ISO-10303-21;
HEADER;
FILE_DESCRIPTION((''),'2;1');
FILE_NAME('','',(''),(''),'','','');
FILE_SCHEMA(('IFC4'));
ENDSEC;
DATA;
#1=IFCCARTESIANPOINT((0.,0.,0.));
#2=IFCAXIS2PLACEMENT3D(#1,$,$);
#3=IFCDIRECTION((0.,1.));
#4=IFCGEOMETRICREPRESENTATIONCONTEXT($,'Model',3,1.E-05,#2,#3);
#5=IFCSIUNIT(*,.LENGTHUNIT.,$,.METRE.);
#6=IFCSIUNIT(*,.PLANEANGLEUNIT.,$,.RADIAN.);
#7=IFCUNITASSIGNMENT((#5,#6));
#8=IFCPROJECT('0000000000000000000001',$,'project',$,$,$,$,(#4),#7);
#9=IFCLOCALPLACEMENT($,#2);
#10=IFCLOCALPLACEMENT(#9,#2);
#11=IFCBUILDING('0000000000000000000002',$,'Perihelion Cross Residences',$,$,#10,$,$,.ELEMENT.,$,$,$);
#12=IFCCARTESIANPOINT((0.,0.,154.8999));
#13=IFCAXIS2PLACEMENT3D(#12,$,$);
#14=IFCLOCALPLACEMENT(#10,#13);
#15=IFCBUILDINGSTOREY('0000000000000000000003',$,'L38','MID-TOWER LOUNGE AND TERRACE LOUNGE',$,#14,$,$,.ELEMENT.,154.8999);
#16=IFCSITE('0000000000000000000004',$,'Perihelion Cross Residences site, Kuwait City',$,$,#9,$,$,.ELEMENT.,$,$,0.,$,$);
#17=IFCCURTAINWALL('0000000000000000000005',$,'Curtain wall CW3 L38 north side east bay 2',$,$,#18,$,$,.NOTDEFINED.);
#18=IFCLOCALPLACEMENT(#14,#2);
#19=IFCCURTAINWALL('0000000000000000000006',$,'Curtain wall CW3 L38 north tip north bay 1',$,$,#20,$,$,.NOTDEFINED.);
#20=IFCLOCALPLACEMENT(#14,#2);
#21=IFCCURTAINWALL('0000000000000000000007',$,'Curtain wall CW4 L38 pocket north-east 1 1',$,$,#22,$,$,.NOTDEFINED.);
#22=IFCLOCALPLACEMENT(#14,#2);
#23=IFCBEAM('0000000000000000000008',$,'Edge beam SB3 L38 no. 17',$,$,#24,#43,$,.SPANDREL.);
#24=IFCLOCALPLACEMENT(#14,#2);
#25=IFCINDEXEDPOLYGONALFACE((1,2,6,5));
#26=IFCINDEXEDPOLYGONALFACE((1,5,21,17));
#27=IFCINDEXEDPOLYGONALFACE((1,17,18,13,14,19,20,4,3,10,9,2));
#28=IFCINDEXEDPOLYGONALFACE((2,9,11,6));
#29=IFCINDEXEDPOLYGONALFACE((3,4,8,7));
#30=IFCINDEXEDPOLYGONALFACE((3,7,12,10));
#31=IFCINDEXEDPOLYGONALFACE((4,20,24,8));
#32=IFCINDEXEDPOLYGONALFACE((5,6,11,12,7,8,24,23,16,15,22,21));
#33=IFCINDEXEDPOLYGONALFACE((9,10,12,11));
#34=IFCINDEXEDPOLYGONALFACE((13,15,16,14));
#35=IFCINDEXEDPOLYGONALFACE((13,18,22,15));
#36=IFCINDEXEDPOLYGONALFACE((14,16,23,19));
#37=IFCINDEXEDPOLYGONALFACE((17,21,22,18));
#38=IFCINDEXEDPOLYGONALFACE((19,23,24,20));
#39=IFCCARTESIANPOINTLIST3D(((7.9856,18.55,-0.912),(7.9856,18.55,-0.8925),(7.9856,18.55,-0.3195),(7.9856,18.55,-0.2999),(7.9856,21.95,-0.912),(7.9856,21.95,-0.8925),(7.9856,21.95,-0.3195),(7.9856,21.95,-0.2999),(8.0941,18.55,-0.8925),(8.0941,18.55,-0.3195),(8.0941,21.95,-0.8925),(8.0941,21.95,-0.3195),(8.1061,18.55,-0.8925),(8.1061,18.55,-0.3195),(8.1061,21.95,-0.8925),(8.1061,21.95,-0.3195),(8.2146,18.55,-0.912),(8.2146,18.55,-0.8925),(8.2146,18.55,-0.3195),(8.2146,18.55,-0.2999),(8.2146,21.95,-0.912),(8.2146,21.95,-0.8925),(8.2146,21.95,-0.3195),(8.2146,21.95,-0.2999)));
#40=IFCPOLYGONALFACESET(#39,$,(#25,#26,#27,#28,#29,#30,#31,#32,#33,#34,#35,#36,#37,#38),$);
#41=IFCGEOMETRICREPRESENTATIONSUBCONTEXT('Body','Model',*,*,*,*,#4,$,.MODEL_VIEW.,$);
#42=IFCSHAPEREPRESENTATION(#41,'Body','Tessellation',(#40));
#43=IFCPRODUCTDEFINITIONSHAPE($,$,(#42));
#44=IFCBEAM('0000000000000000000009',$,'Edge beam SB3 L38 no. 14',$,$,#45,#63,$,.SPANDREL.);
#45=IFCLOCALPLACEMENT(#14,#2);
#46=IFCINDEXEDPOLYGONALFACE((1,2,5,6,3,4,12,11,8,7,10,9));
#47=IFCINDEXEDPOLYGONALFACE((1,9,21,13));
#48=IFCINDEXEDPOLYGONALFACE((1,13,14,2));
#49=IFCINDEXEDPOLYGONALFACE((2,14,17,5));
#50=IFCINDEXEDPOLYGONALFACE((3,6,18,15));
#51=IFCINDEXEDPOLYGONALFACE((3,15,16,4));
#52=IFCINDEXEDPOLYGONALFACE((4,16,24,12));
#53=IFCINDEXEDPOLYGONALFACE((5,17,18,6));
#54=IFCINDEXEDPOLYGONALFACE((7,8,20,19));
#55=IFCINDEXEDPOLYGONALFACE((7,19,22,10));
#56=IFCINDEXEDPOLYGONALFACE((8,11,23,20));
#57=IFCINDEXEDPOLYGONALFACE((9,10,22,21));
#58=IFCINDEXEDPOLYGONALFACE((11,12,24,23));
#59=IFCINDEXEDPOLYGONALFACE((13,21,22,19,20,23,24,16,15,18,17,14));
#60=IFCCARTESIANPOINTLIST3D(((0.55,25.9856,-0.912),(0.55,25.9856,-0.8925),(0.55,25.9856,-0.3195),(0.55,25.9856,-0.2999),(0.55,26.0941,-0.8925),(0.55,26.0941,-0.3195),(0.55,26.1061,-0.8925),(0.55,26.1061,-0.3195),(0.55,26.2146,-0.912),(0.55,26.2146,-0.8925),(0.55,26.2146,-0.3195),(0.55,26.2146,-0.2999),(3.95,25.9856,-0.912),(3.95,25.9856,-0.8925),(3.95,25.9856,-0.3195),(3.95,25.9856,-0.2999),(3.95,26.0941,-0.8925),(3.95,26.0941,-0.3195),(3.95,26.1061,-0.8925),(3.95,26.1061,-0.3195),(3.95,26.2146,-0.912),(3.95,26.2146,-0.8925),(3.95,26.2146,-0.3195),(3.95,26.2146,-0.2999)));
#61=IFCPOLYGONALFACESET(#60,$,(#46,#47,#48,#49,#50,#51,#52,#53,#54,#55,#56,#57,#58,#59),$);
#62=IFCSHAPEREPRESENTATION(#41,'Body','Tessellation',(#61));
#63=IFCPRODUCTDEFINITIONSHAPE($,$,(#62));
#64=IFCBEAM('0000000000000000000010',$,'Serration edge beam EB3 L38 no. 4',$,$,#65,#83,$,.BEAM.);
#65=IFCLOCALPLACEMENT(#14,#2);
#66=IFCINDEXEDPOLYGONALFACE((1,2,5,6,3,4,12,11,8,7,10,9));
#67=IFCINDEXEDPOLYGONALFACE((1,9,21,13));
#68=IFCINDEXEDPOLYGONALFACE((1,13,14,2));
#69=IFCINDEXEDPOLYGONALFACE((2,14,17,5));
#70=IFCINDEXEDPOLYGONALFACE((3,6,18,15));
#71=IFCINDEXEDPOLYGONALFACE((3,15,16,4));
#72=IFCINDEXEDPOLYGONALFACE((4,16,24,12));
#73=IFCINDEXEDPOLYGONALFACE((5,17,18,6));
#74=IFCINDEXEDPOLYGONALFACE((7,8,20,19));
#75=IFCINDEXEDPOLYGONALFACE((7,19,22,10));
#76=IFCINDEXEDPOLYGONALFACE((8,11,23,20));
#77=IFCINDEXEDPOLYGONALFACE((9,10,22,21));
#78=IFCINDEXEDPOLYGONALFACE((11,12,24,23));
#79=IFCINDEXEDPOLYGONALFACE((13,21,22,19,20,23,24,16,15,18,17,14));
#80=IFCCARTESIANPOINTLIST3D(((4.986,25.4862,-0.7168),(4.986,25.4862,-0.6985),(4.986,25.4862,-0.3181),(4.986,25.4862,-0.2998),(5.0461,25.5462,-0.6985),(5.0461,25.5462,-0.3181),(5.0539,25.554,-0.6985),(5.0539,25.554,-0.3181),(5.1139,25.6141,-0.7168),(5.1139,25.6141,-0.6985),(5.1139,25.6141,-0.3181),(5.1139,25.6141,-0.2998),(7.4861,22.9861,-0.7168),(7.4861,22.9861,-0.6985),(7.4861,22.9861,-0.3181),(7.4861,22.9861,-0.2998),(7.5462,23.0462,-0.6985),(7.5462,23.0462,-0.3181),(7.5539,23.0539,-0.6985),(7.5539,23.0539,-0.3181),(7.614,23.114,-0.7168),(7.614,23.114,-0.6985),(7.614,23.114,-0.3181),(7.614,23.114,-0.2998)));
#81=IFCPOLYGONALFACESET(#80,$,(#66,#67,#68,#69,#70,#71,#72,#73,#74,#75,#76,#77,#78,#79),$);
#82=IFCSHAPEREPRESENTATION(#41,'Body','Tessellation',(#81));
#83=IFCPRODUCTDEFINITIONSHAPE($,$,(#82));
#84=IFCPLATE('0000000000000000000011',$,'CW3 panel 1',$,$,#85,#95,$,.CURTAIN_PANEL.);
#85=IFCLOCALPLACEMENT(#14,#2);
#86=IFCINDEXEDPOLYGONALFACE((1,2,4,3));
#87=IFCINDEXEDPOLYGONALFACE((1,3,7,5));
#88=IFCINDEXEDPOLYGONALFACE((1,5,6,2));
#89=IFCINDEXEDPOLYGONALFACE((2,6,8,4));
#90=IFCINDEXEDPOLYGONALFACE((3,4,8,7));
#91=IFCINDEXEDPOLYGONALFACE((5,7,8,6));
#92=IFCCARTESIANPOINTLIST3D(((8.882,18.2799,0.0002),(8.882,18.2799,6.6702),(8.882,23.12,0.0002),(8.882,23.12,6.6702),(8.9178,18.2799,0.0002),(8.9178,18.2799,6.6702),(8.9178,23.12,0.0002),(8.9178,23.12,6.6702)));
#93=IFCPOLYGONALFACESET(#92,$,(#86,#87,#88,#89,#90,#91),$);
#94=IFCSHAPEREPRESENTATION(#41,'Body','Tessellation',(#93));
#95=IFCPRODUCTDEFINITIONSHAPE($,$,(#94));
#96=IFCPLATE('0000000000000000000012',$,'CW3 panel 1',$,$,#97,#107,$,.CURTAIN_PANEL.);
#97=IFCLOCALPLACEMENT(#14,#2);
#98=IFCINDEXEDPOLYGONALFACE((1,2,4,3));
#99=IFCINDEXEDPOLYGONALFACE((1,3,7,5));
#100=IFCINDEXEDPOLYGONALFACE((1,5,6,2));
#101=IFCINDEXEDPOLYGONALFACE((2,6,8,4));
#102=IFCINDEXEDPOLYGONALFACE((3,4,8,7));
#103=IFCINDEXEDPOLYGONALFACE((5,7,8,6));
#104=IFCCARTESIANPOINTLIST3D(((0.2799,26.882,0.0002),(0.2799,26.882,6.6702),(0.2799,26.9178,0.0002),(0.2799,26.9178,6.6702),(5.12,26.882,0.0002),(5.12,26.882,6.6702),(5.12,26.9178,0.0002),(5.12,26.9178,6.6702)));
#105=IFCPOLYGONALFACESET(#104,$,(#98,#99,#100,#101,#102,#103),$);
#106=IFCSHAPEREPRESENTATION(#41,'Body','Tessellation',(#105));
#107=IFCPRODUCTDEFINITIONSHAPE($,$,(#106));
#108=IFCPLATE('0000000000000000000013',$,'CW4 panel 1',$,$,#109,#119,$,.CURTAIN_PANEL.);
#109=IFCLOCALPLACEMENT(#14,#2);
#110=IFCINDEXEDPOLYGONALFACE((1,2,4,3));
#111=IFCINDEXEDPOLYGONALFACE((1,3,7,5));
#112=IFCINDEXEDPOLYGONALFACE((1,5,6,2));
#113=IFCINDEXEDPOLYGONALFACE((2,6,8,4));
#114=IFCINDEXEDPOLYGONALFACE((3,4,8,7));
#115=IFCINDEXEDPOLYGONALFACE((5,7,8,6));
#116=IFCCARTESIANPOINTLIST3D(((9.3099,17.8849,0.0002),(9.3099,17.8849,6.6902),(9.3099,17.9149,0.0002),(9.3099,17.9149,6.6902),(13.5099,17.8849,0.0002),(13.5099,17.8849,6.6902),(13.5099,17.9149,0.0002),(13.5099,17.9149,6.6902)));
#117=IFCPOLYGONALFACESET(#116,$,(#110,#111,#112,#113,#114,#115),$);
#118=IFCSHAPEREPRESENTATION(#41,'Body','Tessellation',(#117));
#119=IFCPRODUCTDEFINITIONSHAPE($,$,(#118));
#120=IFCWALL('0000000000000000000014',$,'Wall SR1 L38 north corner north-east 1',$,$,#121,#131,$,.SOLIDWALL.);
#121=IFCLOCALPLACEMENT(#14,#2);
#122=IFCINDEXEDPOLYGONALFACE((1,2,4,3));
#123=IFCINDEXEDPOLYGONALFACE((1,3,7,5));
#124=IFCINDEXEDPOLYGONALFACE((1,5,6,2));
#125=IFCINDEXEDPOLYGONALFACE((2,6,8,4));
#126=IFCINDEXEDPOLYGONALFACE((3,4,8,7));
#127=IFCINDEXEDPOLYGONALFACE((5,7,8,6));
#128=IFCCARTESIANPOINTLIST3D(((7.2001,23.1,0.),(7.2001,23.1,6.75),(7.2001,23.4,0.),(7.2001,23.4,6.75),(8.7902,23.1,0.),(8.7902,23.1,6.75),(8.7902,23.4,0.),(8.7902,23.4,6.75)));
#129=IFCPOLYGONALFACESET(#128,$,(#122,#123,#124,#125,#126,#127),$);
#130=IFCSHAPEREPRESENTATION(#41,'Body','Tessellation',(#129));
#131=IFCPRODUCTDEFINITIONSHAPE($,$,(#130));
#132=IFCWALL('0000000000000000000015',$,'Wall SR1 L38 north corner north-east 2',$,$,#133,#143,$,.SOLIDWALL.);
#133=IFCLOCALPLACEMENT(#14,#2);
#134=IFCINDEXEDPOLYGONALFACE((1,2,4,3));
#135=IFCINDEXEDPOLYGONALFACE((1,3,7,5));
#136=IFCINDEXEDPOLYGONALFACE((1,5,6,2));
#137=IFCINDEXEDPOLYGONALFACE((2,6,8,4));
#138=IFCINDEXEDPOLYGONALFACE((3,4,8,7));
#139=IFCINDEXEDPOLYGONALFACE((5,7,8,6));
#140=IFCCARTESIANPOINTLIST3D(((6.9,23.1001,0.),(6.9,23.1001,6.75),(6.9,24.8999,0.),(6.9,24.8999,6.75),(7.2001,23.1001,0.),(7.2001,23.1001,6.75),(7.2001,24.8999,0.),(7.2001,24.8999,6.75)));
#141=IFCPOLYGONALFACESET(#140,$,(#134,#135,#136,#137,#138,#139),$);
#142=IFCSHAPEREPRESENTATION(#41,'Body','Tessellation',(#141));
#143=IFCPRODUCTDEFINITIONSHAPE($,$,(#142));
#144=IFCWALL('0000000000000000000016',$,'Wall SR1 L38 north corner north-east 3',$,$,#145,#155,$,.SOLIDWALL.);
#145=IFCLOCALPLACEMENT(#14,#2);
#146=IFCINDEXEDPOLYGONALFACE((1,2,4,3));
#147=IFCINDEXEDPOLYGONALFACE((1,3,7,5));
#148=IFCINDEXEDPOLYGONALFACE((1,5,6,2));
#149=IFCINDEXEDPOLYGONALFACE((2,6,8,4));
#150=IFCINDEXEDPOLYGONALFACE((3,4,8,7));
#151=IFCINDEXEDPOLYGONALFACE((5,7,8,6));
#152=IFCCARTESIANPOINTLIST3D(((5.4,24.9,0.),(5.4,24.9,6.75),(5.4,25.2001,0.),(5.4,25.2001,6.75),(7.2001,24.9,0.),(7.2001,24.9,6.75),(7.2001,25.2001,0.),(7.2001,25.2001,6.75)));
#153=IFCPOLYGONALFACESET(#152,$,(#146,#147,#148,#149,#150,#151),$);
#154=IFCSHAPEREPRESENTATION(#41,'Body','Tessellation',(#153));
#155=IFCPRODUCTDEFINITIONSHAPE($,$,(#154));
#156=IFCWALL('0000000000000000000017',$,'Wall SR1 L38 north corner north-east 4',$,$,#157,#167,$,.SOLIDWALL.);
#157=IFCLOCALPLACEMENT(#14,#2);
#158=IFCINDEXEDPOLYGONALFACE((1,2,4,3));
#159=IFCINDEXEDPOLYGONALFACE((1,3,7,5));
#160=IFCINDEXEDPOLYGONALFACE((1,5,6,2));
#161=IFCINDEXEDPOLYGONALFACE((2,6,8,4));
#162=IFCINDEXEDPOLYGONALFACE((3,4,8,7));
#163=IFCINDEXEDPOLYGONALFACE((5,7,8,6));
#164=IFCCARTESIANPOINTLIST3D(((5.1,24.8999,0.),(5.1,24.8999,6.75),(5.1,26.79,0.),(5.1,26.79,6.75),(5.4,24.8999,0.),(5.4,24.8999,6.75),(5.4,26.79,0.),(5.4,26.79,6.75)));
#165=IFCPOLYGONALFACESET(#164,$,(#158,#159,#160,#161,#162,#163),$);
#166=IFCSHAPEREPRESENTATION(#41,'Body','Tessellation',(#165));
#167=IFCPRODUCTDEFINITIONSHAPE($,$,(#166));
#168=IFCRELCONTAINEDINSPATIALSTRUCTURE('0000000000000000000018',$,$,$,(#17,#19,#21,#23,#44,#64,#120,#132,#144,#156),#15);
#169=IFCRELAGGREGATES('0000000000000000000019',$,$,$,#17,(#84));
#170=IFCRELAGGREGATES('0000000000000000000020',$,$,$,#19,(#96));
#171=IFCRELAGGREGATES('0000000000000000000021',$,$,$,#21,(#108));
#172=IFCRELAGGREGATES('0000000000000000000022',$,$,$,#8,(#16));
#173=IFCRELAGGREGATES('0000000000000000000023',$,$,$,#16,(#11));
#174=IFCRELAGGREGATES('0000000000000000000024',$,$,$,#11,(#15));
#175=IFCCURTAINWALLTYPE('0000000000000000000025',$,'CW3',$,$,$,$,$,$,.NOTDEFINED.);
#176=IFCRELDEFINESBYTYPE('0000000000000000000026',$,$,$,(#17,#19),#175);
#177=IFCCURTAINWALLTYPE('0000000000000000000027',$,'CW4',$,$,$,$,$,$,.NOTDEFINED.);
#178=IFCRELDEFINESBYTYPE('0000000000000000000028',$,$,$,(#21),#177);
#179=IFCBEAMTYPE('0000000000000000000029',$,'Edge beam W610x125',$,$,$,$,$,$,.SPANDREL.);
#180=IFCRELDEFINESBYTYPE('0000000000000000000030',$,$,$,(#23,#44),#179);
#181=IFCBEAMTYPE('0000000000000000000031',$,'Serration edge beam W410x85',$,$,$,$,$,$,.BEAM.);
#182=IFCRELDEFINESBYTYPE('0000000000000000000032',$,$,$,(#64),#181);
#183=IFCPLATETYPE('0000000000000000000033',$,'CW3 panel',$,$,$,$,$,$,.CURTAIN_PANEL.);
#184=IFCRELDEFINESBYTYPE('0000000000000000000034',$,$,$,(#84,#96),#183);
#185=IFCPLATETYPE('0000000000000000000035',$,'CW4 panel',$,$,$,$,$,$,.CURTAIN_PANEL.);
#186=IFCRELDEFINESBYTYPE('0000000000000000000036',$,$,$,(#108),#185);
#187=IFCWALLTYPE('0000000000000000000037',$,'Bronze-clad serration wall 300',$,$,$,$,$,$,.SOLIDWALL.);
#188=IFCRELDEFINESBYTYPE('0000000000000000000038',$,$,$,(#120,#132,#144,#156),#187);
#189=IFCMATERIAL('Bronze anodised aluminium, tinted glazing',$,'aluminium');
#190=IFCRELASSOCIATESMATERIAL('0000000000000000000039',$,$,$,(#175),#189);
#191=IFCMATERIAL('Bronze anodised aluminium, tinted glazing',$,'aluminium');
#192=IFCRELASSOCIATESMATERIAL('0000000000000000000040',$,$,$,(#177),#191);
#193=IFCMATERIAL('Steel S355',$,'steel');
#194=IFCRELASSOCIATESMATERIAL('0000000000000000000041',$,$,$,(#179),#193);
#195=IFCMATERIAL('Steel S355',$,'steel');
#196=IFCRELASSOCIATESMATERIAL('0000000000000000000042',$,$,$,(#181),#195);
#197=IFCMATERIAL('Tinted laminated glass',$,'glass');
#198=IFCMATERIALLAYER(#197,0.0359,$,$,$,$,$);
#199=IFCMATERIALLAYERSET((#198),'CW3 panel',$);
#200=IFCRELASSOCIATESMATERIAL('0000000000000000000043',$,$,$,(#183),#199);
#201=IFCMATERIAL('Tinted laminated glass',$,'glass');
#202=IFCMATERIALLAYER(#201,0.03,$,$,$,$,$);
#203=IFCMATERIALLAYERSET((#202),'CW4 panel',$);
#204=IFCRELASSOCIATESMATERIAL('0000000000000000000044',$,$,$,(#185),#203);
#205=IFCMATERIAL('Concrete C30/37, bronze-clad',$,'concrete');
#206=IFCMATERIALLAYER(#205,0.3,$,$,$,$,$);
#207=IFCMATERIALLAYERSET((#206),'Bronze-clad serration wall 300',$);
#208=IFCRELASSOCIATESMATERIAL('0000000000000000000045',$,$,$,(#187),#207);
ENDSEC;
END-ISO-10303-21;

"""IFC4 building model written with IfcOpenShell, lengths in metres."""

from ifc_helpers import new_model, si_unit, direction, frame, frame_2d, origin, origin_2d, place, context, subcontext, project, spatial, rectangle, i_section, extrude, material, layer, layer_set, material_profile, profile_set, type_object, element, aggregate, save


model = new_model("IFC4")

# Units and contexts
model_context = context("Model", 3, precision=1e-05, world=origin(), true_north=direction((0.0, 1.0)))
body_context = subcontext(model_context, "Body", "Model", "MODEL_VIEW")
ifc_project = project(units=[si_unit("LENGTHUNIT", "METRE"), si_unit("PLANEANGLEUNIT", "RADIAN")], contexts=[model_context])

# Site, building, storey
site_placement = place(None, origin())
site = spatial("IfcSite", under=ifc_project, at=site_placement, Name="Perihelion Cross Residences site, Kuwait City", CompositionType="ELEMENT", RefElevation=0.0)
building_placement = place(site_placement, origin())
building = spatial("IfcBuilding", under=site, at=building_placement, Name="Perihelion Cross Residences", CompositionType="ELEMENT")
storey_placement = place(building_placement, frame((0.0, 0.0, 154.8999)))
storey = spatial("IfcBuildingStorey", under=building, at=storey_placement, Name="L38", Description="MID-TOWER LOUNGE AND TERRACE LOUNGE", CompositionType="ELEMENT", Elevation=154.8999)

# Curtain walls
ifc_material_1 = material(Name="Bronze anodised aluminium, tinted glazing", Category="aluminium")
curtain_wall_type_1 = type_object("IfcCurtainWallType", Name="CW3", PredefinedType="NOTDEFINED", material=ifc_material_1)
curtain_wall_1_placement = place(storey_placement, origin())
curtain_wall_1 = element("IfcCurtainWall", 1, at=curtain_wall_1_placement, inside=storey, type_object=curtain_wall_type_1, Name="Curtain wall CW3 L38 north side east bay 2", PredefinedType="NOTDEFINED")
curtain_wall_2_placement = place(storey_placement, origin())
curtain_wall_2 = element("IfcCurtainWall", 2, at=curtain_wall_2_placement, inside=storey, type_object=curtain_wall_type_1, Name="Curtain wall CW3 L38 north tip north bay 1", PredefinedType="NOTDEFINED")

# Curtain wall
ifc_material_2 = material(Name="Bronze anodised aluminium, tinted glazing", Category="aluminium")
curtain_wall_type_2 = type_object("IfcCurtainWallType", Name="CW4", PredefinedType="NOTDEFINED", material=ifc_material_2)
curtain_wall_3_placement = place(storey_placement, origin())
curtain_wall_3 = element("IfcCurtainWall", 3, at=curtain_wall_3_placement, inside=storey, type_object=curtain_wall_type_2, Name="Curtain wall CW4 L38 pocket north-east 1 1", PredefinedType="NOTDEFINED")

# Beams
ifc_material_3 = material(Name="Steel S355", Category="steel")
ifc_material_profile_1 = material_profile(ifc_material_3, i_section(OverallWidth=0.229, OverallDepth=0.6121, WebThickness=0.012, FlangeThickness=0.0195, at=origin_2d()), Name="W610x125")
ifc_profile_set_1 = profile_set([ifc_material_profile_1], Name="Steel S355")
beam_type_1 = type_object("IfcBeamType", Name="Edge beam W610x125", PredefinedType="SPANDREL", material=ifc_profile_set_1)
for number, where, z_axis, x_axis, name in (
    (4, (8.1001, 18.55, -0.606), (0.0, 1.0, 0.0), (-1.0, 0.0, 0.0), "Edge beam SB3 L38 no. 17"),
    (5, (3.95, 26.1001, -0.606), (-1.0, 0.0, 0.0), (0.0, -1.0, 0.0), "Edge beam SB3 L38 no. 14"),
):
    element("IfcBeam", number, at=place(storey_placement, frame(where, z_axis=z_axis, x_axis=x_axis)), inside=storey, type_object=beam_type_1, Name=name, PredefinedType="SPANDREL", context=body_context, shape_type="SweptSolid", body=[
        extrude(i_section(OverallWidth=0.229, OverallDepth=0.6121, WebThickness=0.012, FlangeThickness=0.0195, at=origin_2d()), origin(), (0.0, 0.0, 1.0), 3.3999),
    ])
ifc_material_4 = material(Name="Steel S355", Category="steel")
ifc_material_profile_2 = material_profile(ifc_material_4, i_section(OverallWidth=0.1809, OverallDepth=0.417, WebThickness=0.011, FlangeThickness=0.0183, at=origin_2d()), Name="W410x85")
ifc_profile_set_2 = profile_set([ifc_material_profile_2], Name="Steel S355")
beam_type_2 = type_object("IfcBeamType", Name="Serration edge beam W410x85", PredefinedType="BEAM", material=ifc_profile_set_2)
beam_1_placement = place(storey_placement, frame((7.55, 23.05, -0.5083), z_axis=(-0.707107, 0.707107, 0.0), x_axis=(-0.707107, -0.707107, 0.0)))
element("IfcBeam", 6, at=beam_1_placement, inside=storey, type_object=beam_type_2, Name="Serration edge beam EB3 L38 no. 4", PredefinedType="BEAM", context=body_context, shape_type="SweptSolid", body=[
    extrude(i_section(OverallWidth=0.1809, OverallDepth=0.417, WebThickness=0.011, FlangeThickness=0.0183, at=origin_2d()), origin(), (0.0, 0.0, 1.0), 3.5356),
])

# Plates
ifc_material_5 = material(Name="Tinted laminated glass", Category="glass")
ifc_layer_1 = layer(ifc_material_5, 0.0359)
ifc_layer_set_1 = layer_set([ifc_layer_1], Name="CW3 panel")
plate_type_1 = type_object("IfcPlateType", Name="CW3 panel", PredefinedType="CURTAIN_PANEL", material=ifc_layer_set_1)
plate_1_placement = place(storey_placement, frame((8.8999, 20.7, 0.0002), z_axis=(0.0, 0.0, 1.0), x_axis=(0.0, 1.0, 0.0)))
plate_1 = element("IfcPlate", 7, at=plate_1_placement, type_object=plate_type_1, Name="CW3 panel 1", PredefinedType="CURTAIN_PANEL", context=body_context, shape_type="SweptSolid", body=[
    extrude(rectangle(XDim=4.8401, YDim=0.0359, at=origin_2d()), origin(), (0.0, 0.0, 1.0), 6.6699),
])
aggregate(curtain_wall_1, [plate_1])
plate_2_placement = place(storey_placement, frame((2.7, 26.8999, 0.0002), z_axis=(0.0, 0.0, 1.0), x_axis=(-1.0, 0.0, 0.0)))
plate_2 = element("IfcPlate", 8, at=plate_2_placement, type_object=plate_type_1, Name="CW3 panel 1", PredefinedType="CURTAIN_PANEL", context=body_context, shape_type="SweptSolid", body=[
    extrude(rectangle(XDim=4.8401, YDim=0.0359, at=origin_2d()), origin(), (0.0, 0.0, 1.0), 6.6699),
])
aggregate(curtain_wall_2, [plate_2])
ifc_material_6 = material(Name="Tinted laminated glass", Category="glass")
ifc_layer_2 = layer(ifc_material_6, 0.03)
ifc_layer_set_2 = layer_set([ifc_layer_2], Name="CW4 panel")
plate_type_2 = type_object("IfcPlateType", Name="CW4 panel", PredefinedType="CURTAIN_PANEL", material=ifc_layer_set_2)
plate_3_placement = place(storey_placement, frame((11.4099, 17.8999, 0.0002), z_axis=(0.0, 0.0, 1.0), x_axis=(1.0, 0.0, 0.0)))
plate_3 = element("IfcPlate", 9, at=plate_3_placement, type_object=plate_type_2, Name="CW4 panel 1", PredefinedType="CURTAIN_PANEL", context=body_context, shape_type="SweptSolid", body=[
    extrude(rectangle(XDim=4.2, YDim=0.03, at=origin_2d()), origin(), (0.0, 0.0, 1.0), 6.6899),
])
aggregate(curtain_wall_3, [plate_3])

# Walls
ifc_material_7 = material(Name="Concrete C30/37, bronze-clad", Category="concrete")
ifc_layer_3 = layer(ifc_material_7, 0.3)
ifc_layer_set_3 = layer_set([ifc_layer_3], Name="Bronze-clad serration wall 300")
wall_type_1 = type_object("IfcWallType", Name="Bronze-clad serration wall 300", PredefinedType="SOLIDWALL", material=ifc_layer_set_3)
wall_1_placement = place(storey_placement, frame((8.79, 23.25, 0.0), z_axis=(0.0, 0.0, 1.0), x_axis=(-1.0, 0.0, 0.0)))
element("IfcWall", 10, at=wall_1_placement, inside=storey, type_object=wall_type_1, Name="Wall SR1 L38 north corner north-east 1", PredefinedType="SOLIDWALL", context=body_context, shape_type="SweptSolid", body=[
    extrude(rectangle(XDim=1.5901, YDim=0.3, at=frame_2d((0.7949, 0.0))), origin(), (0.0, 0.0, 1.0), 6.75),
])
wall_2_placement = place(storey_placement, frame((7.05, 23.1001, 0.0), z_axis=(0.0, 0.0, 1.0), x_axis=(0.0, 1.0, 0.0)))
element("IfcWall", 11, at=wall_2_placement, inside=storey, type_object=wall_type_1, Name="Wall SR1 L38 north corner north-east 2", PredefinedType="SOLIDWALL", context=body_context, shape_type="SweptSolid", body=[
    extrude(rectangle(XDim=1.7998, YDim=0.3, at=frame_2d((0.8999, 0.0))), origin(), (0.0, 0.0, 1.0), 6.75),
])
wall_3_placement = place(storey_placement, frame((7.2, 25.05, 0.0), z_axis=(0.0, 0.0, 1.0), x_axis=(-1.0, 0.0, 0.0)))
element("IfcWall", 12, at=wall_3_placement, inside=storey, type_object=wall_type_1, Name="Wall SR1 L38 north corner north-east 3", PredefinedType="SOLIDWALL", context=body_context, shape_type="SweptSolid", body=[
    extrude(rectangle(XDim=1.8, YDim=0.3, at=frame_2d((0.8999, 0.0))), origin(), (0.0, 0.0, 1.0), 6.75),
])
wall_4_placement = place(storey_placement, frame((5.25, 24.8999, 0.0), z_axis=(0.0, 0.0, 1.0), x_axis=(0.0, 1.0, 0.0)))
element("IfcWall", 13, at=wall_4_placement, inside=storey, type_object=wall_type_1, Name="Wall SR1 L38 north corner north-east 4", PredefinedType="SOLIDWALL", context=body_context, shape_type="SweptSolid", body=[
    extrude(rectangle(XDim=1.8901, YDim=0.3, at=frame_2d((0.9451, 0.0))), origin(), (0.0, 0.0, 1.0), 6.75),
])

save(model, "model.ifc")
